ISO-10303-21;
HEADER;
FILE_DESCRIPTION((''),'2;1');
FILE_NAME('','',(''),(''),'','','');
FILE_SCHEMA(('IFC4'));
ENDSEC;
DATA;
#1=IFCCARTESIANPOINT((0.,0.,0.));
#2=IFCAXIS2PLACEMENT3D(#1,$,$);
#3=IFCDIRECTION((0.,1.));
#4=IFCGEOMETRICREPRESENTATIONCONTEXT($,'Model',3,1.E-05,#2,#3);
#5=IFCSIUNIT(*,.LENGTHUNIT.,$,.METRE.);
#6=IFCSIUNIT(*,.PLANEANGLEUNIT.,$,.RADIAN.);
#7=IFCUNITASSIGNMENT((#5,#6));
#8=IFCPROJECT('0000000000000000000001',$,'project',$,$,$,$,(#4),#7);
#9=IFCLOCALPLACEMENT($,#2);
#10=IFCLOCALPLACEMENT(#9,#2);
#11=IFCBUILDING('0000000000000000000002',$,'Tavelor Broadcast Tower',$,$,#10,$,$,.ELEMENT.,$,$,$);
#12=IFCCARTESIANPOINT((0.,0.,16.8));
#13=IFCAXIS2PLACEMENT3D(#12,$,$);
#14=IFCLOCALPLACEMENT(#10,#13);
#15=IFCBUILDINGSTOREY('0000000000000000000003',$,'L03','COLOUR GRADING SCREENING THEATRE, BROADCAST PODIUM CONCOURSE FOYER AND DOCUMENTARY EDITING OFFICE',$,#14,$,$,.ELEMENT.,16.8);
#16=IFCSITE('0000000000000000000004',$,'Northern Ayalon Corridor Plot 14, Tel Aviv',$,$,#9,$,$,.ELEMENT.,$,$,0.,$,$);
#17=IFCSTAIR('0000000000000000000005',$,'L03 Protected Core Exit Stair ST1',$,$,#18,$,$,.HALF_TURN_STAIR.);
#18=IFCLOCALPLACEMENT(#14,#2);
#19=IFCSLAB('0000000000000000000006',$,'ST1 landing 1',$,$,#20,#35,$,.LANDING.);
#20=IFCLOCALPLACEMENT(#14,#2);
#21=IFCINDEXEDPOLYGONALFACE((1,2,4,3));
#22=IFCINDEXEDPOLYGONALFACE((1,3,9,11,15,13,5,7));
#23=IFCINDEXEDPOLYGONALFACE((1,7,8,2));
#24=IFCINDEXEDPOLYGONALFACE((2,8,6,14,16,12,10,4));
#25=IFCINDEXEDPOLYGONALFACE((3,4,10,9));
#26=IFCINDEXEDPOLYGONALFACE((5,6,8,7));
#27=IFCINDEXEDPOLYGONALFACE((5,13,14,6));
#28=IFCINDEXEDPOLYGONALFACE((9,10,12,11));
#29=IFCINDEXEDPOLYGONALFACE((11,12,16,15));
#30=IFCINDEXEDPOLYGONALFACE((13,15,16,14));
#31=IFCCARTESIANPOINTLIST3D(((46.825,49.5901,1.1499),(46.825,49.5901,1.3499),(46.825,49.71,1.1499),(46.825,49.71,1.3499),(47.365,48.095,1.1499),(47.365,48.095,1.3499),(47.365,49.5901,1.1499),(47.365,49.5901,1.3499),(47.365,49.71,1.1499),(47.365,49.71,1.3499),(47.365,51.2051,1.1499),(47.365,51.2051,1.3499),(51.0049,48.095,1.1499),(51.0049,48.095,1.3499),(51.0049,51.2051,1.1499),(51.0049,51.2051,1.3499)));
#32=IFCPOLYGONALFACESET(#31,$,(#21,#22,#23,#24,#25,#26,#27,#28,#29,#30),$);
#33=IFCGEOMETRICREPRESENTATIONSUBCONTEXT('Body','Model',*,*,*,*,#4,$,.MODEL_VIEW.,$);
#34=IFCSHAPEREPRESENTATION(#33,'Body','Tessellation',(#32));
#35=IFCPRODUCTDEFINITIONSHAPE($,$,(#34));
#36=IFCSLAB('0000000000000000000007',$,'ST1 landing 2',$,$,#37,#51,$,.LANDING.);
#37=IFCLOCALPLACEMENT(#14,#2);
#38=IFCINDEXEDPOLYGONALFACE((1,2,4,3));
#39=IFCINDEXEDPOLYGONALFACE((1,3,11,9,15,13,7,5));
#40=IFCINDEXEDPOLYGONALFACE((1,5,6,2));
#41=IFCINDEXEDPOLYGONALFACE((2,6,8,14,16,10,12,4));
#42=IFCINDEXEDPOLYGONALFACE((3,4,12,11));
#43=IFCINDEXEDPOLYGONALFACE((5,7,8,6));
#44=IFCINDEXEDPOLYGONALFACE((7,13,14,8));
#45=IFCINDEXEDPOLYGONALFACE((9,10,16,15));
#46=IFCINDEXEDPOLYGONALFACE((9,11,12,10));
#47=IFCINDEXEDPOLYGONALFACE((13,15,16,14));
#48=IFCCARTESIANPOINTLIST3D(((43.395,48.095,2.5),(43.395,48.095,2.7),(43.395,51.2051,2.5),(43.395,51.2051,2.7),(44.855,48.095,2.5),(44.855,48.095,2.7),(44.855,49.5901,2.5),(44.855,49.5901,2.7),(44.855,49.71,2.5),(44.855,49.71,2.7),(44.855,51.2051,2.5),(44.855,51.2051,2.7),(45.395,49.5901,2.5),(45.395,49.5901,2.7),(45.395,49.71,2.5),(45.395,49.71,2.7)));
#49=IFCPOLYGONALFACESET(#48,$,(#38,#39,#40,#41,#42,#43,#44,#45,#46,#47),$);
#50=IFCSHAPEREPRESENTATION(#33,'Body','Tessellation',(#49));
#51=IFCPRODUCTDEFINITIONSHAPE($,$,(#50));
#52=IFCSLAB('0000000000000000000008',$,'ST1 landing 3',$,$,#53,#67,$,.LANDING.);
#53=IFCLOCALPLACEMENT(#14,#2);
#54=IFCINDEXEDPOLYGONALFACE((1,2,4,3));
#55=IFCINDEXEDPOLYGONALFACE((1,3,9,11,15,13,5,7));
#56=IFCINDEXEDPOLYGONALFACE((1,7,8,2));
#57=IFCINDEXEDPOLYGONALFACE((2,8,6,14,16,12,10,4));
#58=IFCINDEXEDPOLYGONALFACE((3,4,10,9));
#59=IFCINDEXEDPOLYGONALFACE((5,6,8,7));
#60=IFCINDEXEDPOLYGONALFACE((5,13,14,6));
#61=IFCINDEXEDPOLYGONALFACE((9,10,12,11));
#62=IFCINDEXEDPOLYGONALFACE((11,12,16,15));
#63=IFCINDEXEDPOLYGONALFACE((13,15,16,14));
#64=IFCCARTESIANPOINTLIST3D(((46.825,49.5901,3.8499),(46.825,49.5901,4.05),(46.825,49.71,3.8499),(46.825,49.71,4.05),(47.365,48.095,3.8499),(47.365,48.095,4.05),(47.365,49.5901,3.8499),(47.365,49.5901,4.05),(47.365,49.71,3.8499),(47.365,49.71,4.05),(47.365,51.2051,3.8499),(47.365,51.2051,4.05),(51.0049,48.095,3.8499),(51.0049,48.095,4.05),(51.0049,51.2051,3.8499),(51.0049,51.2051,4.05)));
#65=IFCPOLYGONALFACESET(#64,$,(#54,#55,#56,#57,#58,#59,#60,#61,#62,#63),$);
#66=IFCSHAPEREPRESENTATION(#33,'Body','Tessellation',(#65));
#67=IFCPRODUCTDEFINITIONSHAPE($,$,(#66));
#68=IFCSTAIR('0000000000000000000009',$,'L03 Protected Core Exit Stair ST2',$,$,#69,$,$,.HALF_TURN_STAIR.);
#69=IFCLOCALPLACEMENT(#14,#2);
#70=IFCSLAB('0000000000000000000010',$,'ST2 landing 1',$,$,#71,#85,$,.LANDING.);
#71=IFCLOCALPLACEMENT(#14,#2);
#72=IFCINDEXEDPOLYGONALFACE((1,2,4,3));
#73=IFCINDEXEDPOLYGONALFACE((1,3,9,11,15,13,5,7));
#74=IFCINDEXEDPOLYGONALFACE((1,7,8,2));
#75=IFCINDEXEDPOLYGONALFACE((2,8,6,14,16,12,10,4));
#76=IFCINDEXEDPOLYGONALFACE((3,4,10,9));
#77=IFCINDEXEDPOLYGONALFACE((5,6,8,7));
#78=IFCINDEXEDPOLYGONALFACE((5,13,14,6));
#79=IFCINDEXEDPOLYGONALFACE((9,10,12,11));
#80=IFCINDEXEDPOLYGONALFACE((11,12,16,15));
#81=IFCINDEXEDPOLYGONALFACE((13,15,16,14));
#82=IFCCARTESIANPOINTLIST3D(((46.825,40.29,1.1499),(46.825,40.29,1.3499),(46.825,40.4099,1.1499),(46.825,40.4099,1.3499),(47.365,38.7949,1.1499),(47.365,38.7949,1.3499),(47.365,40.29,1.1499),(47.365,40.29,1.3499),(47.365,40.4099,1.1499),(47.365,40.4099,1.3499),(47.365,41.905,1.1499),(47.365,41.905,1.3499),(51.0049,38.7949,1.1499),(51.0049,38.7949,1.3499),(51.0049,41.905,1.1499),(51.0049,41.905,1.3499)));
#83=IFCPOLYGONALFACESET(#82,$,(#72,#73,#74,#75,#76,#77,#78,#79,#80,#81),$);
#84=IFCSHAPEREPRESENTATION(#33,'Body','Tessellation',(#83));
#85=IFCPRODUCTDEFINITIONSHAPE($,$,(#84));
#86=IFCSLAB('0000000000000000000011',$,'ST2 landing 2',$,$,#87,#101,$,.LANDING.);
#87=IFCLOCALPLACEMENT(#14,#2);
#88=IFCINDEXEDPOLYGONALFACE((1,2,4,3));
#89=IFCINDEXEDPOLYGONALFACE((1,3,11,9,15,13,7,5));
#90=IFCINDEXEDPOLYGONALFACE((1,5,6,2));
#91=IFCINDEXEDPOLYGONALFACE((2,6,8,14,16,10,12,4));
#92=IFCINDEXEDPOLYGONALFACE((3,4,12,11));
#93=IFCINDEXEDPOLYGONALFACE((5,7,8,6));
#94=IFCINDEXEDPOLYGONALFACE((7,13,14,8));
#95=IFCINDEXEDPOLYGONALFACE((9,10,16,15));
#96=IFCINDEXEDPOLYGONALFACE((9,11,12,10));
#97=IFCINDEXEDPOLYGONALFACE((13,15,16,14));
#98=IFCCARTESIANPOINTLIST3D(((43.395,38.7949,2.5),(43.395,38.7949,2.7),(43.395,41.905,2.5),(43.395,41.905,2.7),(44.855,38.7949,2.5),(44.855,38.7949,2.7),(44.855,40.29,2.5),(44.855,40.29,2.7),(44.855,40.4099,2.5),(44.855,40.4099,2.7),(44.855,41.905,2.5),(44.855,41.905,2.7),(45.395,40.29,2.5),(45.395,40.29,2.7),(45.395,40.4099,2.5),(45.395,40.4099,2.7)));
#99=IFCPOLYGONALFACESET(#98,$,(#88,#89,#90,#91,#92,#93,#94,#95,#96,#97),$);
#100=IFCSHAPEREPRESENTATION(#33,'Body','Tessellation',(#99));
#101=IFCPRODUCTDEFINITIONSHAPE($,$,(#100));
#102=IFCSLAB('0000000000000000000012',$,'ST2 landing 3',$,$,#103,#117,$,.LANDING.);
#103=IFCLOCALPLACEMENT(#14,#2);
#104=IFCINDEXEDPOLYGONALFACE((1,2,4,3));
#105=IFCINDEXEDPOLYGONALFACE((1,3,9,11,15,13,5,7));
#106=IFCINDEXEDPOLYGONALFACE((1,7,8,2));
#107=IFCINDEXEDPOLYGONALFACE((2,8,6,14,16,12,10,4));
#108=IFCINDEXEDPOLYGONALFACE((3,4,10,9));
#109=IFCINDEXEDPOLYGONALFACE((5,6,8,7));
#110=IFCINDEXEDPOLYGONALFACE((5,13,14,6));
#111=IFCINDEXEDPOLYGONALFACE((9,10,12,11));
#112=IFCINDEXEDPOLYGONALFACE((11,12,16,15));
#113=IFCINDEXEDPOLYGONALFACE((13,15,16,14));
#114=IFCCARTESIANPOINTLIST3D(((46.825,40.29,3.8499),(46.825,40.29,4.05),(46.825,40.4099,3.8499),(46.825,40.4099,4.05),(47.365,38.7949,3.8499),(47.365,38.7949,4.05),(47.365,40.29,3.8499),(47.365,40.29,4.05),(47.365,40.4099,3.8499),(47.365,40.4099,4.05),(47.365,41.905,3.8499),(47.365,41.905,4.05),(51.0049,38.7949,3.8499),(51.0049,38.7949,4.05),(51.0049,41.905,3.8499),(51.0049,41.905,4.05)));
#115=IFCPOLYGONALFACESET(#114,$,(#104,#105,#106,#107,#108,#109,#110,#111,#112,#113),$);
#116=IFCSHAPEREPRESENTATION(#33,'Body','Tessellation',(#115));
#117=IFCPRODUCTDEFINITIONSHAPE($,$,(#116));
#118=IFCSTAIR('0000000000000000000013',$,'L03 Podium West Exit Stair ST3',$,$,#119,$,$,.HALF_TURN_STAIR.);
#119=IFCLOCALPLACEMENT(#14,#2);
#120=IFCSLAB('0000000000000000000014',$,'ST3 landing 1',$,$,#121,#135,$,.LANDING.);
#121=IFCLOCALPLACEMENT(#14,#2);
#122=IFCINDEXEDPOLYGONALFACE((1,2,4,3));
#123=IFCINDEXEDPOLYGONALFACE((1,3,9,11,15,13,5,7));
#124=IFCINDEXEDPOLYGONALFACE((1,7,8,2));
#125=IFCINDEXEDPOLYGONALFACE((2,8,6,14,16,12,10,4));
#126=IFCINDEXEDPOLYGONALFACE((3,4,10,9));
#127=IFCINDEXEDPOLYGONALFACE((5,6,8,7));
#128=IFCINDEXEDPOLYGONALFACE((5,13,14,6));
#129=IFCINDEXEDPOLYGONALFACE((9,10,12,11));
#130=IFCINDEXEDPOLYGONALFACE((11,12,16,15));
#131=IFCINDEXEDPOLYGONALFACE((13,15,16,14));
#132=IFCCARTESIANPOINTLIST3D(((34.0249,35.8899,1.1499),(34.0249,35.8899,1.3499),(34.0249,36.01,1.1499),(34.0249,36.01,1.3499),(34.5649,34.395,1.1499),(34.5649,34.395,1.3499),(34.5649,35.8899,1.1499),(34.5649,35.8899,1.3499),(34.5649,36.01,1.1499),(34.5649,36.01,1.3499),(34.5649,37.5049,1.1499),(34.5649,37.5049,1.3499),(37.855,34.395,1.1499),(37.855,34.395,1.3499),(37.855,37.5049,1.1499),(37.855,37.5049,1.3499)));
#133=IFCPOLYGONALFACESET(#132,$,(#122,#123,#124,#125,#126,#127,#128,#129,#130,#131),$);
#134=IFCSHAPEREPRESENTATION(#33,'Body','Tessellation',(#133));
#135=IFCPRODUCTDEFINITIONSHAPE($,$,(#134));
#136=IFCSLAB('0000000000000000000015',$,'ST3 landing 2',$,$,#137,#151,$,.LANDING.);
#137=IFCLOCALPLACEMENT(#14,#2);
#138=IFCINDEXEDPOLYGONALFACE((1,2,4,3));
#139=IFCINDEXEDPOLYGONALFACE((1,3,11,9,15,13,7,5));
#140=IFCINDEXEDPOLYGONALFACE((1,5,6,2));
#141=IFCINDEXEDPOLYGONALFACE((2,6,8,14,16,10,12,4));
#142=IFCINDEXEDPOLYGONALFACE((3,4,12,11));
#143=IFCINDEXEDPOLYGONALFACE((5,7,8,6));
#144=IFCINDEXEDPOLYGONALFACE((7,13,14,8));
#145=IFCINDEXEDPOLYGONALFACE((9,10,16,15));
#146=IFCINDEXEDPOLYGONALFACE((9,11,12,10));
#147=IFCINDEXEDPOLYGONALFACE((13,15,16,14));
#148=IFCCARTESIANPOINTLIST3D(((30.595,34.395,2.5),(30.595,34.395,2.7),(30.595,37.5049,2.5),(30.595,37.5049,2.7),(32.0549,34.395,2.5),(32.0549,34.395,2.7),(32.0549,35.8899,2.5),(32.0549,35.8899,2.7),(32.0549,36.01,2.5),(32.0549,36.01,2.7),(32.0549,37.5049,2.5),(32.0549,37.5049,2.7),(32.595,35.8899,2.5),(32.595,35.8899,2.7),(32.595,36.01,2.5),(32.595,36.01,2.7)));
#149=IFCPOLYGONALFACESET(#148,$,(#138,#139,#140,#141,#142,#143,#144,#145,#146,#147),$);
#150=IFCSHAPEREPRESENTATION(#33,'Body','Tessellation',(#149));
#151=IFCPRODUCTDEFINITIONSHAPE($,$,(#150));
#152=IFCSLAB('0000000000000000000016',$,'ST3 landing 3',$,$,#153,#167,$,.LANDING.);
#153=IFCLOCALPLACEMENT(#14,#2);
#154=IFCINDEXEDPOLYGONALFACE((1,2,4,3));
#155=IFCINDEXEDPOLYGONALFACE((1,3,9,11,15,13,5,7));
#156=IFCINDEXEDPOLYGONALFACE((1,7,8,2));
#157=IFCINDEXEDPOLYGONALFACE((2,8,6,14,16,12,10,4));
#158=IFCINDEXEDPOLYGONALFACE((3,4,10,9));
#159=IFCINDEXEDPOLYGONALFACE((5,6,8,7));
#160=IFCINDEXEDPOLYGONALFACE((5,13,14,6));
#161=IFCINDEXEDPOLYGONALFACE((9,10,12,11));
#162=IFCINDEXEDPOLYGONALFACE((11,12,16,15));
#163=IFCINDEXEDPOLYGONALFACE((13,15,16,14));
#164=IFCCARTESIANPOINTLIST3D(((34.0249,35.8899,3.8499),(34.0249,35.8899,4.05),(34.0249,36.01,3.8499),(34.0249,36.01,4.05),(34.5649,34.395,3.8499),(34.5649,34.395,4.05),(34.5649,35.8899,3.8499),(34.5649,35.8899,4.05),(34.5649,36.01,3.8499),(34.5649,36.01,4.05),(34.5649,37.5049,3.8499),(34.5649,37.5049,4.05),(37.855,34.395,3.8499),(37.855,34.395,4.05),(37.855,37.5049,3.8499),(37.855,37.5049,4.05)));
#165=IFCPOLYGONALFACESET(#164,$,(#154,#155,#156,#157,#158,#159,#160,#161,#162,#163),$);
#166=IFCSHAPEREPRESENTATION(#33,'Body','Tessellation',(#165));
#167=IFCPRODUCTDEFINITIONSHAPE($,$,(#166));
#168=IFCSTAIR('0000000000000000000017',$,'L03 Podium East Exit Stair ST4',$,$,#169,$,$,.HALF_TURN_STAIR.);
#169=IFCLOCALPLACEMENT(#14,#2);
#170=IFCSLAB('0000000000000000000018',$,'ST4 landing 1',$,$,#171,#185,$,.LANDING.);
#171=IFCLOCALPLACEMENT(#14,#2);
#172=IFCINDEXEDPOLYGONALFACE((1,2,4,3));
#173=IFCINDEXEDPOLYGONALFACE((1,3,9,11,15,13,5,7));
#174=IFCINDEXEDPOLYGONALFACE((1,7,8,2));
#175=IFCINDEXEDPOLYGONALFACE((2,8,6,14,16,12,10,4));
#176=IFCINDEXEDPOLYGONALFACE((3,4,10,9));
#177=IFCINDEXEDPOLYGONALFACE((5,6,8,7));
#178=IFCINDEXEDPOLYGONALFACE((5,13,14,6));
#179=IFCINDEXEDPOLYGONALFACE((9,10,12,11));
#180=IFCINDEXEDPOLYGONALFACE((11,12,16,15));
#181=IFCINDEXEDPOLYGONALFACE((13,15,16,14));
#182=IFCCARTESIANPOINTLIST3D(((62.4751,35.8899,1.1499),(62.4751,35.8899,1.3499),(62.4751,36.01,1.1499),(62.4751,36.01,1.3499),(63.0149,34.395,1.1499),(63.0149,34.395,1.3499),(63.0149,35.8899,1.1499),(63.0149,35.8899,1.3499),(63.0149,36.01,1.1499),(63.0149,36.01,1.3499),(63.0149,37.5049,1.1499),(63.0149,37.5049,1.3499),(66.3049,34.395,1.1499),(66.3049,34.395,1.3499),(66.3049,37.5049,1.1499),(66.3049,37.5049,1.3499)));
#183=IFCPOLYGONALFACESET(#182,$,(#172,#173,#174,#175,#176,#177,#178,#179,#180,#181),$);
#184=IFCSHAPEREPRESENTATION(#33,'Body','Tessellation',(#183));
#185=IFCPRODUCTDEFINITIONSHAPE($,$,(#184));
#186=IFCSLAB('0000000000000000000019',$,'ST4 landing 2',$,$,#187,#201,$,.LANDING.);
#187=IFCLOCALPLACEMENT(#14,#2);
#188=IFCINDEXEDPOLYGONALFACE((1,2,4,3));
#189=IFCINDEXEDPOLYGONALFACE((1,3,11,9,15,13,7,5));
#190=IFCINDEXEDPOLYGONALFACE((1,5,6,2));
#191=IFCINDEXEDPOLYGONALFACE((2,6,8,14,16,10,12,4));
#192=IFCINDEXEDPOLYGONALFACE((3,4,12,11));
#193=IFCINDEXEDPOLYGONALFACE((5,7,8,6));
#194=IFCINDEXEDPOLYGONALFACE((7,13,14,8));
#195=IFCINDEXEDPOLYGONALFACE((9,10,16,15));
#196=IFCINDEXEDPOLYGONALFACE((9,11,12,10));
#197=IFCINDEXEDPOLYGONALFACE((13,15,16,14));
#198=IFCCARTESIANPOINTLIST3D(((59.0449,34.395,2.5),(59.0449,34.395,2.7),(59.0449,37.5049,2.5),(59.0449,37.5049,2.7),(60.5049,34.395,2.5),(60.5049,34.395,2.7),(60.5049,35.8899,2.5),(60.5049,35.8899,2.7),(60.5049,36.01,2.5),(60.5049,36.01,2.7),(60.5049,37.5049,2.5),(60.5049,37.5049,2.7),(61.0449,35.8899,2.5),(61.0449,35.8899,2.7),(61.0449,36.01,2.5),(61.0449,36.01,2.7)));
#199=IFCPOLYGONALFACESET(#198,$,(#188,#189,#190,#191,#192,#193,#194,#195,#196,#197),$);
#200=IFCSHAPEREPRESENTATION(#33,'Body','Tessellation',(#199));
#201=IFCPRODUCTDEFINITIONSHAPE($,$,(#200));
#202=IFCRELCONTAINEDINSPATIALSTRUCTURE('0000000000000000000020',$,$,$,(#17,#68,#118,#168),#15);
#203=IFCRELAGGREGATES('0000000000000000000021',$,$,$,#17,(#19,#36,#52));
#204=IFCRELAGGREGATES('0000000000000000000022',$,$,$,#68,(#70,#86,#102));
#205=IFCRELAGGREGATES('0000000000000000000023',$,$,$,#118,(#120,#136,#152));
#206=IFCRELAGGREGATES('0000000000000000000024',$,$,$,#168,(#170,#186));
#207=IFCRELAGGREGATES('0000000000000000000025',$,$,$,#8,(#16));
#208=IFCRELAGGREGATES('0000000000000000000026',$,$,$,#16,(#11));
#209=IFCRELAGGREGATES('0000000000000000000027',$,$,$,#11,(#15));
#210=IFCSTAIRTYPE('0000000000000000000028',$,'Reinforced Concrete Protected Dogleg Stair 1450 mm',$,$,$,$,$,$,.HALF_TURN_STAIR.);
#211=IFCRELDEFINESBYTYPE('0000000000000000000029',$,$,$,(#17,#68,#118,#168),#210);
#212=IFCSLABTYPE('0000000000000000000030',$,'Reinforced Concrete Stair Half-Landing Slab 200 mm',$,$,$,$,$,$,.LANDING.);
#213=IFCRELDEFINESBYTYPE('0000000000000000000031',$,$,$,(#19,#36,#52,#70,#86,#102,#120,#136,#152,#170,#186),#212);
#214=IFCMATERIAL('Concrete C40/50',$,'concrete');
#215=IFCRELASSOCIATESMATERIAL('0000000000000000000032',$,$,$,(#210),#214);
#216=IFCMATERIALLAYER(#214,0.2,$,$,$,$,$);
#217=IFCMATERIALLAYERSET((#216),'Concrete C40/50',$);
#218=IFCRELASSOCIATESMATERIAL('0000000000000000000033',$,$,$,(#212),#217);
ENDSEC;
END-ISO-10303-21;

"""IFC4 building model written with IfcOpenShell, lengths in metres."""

from ifc_helpers import new_model, si_unit, direction, frame, origin, place, context, subcontext, project, spatial, polyline, outline, extrude, material, layer, layer_set, type_object, element, aggregate, save


model = new_model("IFC4")

# Units and contexts
model_context = context("Model", 3, precision=1e-05, world=origin(), true_north=direction((0.0, 1.0)))
body_context = subcontext(model_context, "Body", "Model", "MODEL_VIEW")
ifc_project = project(units=[si_unit("LENGTHUNIT", "METRE"), si_unit("PLANEANGLEUNIT", "RADIAN")], contexts=[model_context])

# Site, building, storey
site_placement = place(None, origin())
site = spatial("IfcSite", under=ifc_project, at=site_placement, Name="Northern Ayalon Corridor Plot 14, Tel Aviv", CompositionType="ELEMENT", RefElevation=0.0)
building_placement = place(site_placement, origin())
building = spatial("IfcBuilding", under=site, at=building_placement, Name="Tavelor Broadcast Tower", CompositionType="ELEMENT")
storey_placement = place(building_placement, frame((0.0, 0.0, 16.8)))
storey = spatial("IfcBuildingStorey", under=building, at=storey_placement, Name="L03", Description="COLOUR GRADING SCREENING THEATRE, BROADCAST PODIUM CONCOURSE FOYER AND DOCUMENTARY EDITING OFFICE", CompositionType="ELEMENT", Elevation=16.8)

# Shared definitions
ifc_material_1 = material(Name="Concrete C40/50", Category="concrete")

# Stairs, slabs
stair_type = type_object("IfcStairType", Name="Reinforced Concrete Protected Dogleg Stair 1450 mm", PredefinedType="HALF_TURN_STAIR", material=ifc_material_1)
stair_1_placement = place(storey_placement, origin())
stair_1 = element("IfcStair", 1, at=stair_1_placement, inside=storey, type_object=stair_type, Name="L03 Protected Core Exit Stair ST1", PredefinedType="HALF_TURN_STAIR")
ifc_layer_1 = layer(ifc_material_1, 0.2)
ifc_layer_set_1 = layer_set([ifc_layer_1], Name="Concrete C40/50")
slab_type_1 = type_object("IfcSlabType", Name="Reinforced Concrete Stair Half-Landing Slab 200 mm", PredefinedType="LANDING", material=ifc_layer_set_1)
slab_1_placement = place(storey_placement, frame((0.0, 0.0, 1.1499)))
slab_1 = element("IfcSlab", 2, at=slab_1_placement, type_object=slab_type_1, Name="ST1 landing 1", PredefinedType="LANDING", context=body_context, shape_type="SweptSolid", body=[
    extrude(outline(polyline([(47.365, 49.5901), (47.365, 48.095), (51.0049, 48.095), (51.0049, 51.2051), (47.365, 51.2051), (47.365, 49.71), (46.825, 49.71), (46.825, 49.5901), (47.365, 49.5901)])), origin(), (0.0, 0.0, 1.0), 0.2),
])
slab_2_placement = place(storey_placement, frame((0.0, 0.0, 2.5)))
slab_2 = element("IfcSlab", 3, at=slab_2_placement, type_object=slab_type_1, Name="ST1 landing 2", PredefinedType="LANDING", context=body_context, shape_type="SweptSolid", body=[
    extrude(outline(polyline([(43.395, 48.095), (44.855, 48.095), (44.855, 49.5901), (45.395, 49.5901), (45.395, 49.71), (44.855, 49.71), (44.855, 51.2051), (43.395, 51.2051), (43.395, 48.095)])), origin(), (0.0, 0.0, 1.0), 0.2),
])
slab_3_placement = place(storey_placement, frame((0.0, 0.0, 3.8499)))
slab_3 = element("IfcSlab", 4, at=slab_3_placement, type_object=slab_type_1, Name="ST1 landing 3", PredefinedType="LANDING", context=body_context, shape_type="SweptSolid", body=[
    extrude(outline(polyline([(47.365, 49.5901), (47.365, 48.095), (51.0049, 48.095), (51.0049, 51.2051), (47.365, 51.2051), (47.365, 49.71), (46.825, 49.71), (46.825, 49.5901), (47.365, 49.5901)])), origin(), (0.0, 0.0, 1.0), 0.2002),
])
aggregate(stair_1, [slab_1, slab_2, slab_3])
stair_2_placement = place(storey_placement, origin())
stair_2 = element("IfcStair", 5, at=stair_2_placement, inside=storey, type_object=stair_type, Name="L03 Protected Core Exit Stair ST2", PredefinedType="HALF_TURN_STAIR")
slab_4_placement = place(storey_placement, frame((0.0, 0.0, 1.1499)))
slab_4 = element("IfcSlab", 6, at=slab_4_placement, type_object=slab_type_1, Name="ST2 landing 1", PredefinedType="LANDING", context=body_context, shape_type="SweptSolid", body=[
    extrude(outline(polyline([(47.365, 40.29), (47.365, 38.7949), (51.0049, 38.7949), (51.0049, 41.905), (47.365, 41.905), (47.365, 40.4099), (46.825, 40.4099), (46.825, 40.29), (47.365, 40.29)])), origin(), (0.0, 0.0, 1.0), 0.2),
])
slab_5_placement = place(storey_placement, frame((0.0, 0.0, 2.5)))
slab_5 = element("IfcSlab", 7, at=slab_5_placement, type_object=slab_type_1, Name="ST2 landing 2", PredefinedType="LANDING", context=body_context, shape_type="SweptSolid", body=[
    extrude(outline(polyline([(43.395, 38.7949), (44.855, 38.7949), (44.855, 40.29), (45.395, 40.29), (45.395, 40.4099), (44.855, 40.4099), (44.855, 41.905), (43.395, 41.905), (43.395, 38.7949)])), origin(), (0.0, 0.0, 1.0), 0.2),
])
slab_6_placement = place(storey_placement, frame((0.0, 0.0, 3.8499)))
slab_6 = element("IfcSlab", 8, at=slab_6_placement, type_object=slab_type_1, Name="ST2 landing 3", PredefinedType="LANDING", context=body_context, shape_type="SweptSolid", body=[
    extrude(outline(polyline([(47.365, 40.29), (47.365, 38.7949), (51.0049, 38.7949), (51.0049, 41.905), (47.365, 41.905), (47.365, 40.4099), (46.825, 40.4099), (46.825, 40.29), (47.365, 40.29)])), origin(), (0.0, 0.0, 1.0), 0.2002),
])
aggregate(stair_2, [slab_4, slab_5, slab_6])
stair_3_placement = place(storey_placement, origin())
stair_3 = element("IfcStair", 9, at=stair_3_placement, inside=storey, type_object=stair_type, Name="L03 Podium West Exit Stair ST3", PredefinedType="HALF_TURN_STAIR")
slab_7_placement = place(storey_placement, frame((0.0, 0.0, 1.1499)))
slab_7 = element("IfcSlab", 10, at=slab_7_placement, type_object=slab_type_1, Name="ST3 landing 1", PredefinedType="LANDING", context=body_context, shape_type="SweptSolid", body=[
    extrude(outline(polyline([(34.5649, 35.8899), (34.5649, 34.395), (37.855, 34.395), (37.855, 37.5049), (34.5649, 37.5049), (34.5649, 36.01), (34.0249, 36.01), (34.0249, 35.8899), (34.5649, 35.8899)])), origin(), (0.0, 0.0, 1.0), 0.2),
])
slab_8_placement = place(storey_placement, frame((0.0, 0.0, 2.5)))
slab_8 = element("IfcSlab", 11, at=slab_8_placement, type_object=slab_type_1, Name="ST3 landing 2", PredefinedType="LANDING", context=body_context, shape_type="SweptSolid", body=[
    extrude(outline(polyline([(30.595, 34.395), (32.0549, 34.395), (32.0549, 35.8899), (32.595, 35.8899), (32.595, 36.01), (32.0549, 36.01), (32.0549, 37.5049), (30.595, 37.5049), (30.595, 34.395)])), origin(), (0.0, 0.0, 1.0), 0.2),
])
slab_9_placement = place(storey_placement, frame((0.0, 0.0, 3.8499)))
slab_9 = element("IfcSlab", 12, at=slab_9_placement, type_object=slab_type_1, Name="ST3 landing 3", PredefinedType="LANDING", context=body_context, shape_type="SweptSolid", body=[
    extrude(outline(polyline([(34.5649, 35.8899), (34.5649, 34.395), (37.855, 34.395), (37.855, 37.5049), (34.5649, 37.5049), (34.5649, 36.01), (34.0249, 36.01), (34.0249, 35.8899), (34.5649, 35.8899)])), origin(), (0.0, 0.0, 1.0), 0.2002),
])
aggregate(stair_3, [slab_7, slab_8, slab_9])
stair_4_placement = place(storey_placement, origin())
stair_4 = element("IfcStair", 13, at=stair_4_placement, inside=storey, type_object=stair_type, Name="L03 Podium East Exit Stair ST4", PredefinedType="HALF_TURN_STAIR")
slab_10_placement = place(storey_placement, frame((0.0, 0.0, 1.1499)))
slab_10 = element("IfcSlab", 14, at=slab_10_placement, type_object=slab_type_1, Name="ST4 landing 1", PredefinedType="LANDING", context=body_context, shape_type="SweptSolid", body=[
    extrude(outline(polyline([(63.0149, 35.8899), (63.0149, 34.395), (66.3049, 34.395), (66.3049, 37.5049), (63.0149, 37.5049), (63.0149, 36.01), (62.4751, 36.01), (62.4751, 35.8899), (63.0149, 35.8899)])), origin(), (0.0, 0.0, 1.0), 0.2),
])
slab_11_placement = place(storey_placement, frame((0.0, 0.0, 2.5)))
slab_11 = element("IfcSlab", 15, at=slab_11_placement, type_object=slab_type_1, Name="ST4 landing 2", PredefinedType="LANDING", context=body_context, shape_type="SweptSolid", body=[
    extrude(outline(polyline([(59.0449, 34.395), (60.5049, 34.395), (60.5049, 35.8899), (61.0449, 35.8899), (61.0449, 36.01), (60.5049, 36.01), (60.5049, 37.5049), (59.0449, 37.5049), (59.0449, 34.395)])), origin(), (0.0, 0.0, 1.0), 0.2),
])
aggregate(stair_4, [slab_10, slab_11])

save(model, "model.ifc")
